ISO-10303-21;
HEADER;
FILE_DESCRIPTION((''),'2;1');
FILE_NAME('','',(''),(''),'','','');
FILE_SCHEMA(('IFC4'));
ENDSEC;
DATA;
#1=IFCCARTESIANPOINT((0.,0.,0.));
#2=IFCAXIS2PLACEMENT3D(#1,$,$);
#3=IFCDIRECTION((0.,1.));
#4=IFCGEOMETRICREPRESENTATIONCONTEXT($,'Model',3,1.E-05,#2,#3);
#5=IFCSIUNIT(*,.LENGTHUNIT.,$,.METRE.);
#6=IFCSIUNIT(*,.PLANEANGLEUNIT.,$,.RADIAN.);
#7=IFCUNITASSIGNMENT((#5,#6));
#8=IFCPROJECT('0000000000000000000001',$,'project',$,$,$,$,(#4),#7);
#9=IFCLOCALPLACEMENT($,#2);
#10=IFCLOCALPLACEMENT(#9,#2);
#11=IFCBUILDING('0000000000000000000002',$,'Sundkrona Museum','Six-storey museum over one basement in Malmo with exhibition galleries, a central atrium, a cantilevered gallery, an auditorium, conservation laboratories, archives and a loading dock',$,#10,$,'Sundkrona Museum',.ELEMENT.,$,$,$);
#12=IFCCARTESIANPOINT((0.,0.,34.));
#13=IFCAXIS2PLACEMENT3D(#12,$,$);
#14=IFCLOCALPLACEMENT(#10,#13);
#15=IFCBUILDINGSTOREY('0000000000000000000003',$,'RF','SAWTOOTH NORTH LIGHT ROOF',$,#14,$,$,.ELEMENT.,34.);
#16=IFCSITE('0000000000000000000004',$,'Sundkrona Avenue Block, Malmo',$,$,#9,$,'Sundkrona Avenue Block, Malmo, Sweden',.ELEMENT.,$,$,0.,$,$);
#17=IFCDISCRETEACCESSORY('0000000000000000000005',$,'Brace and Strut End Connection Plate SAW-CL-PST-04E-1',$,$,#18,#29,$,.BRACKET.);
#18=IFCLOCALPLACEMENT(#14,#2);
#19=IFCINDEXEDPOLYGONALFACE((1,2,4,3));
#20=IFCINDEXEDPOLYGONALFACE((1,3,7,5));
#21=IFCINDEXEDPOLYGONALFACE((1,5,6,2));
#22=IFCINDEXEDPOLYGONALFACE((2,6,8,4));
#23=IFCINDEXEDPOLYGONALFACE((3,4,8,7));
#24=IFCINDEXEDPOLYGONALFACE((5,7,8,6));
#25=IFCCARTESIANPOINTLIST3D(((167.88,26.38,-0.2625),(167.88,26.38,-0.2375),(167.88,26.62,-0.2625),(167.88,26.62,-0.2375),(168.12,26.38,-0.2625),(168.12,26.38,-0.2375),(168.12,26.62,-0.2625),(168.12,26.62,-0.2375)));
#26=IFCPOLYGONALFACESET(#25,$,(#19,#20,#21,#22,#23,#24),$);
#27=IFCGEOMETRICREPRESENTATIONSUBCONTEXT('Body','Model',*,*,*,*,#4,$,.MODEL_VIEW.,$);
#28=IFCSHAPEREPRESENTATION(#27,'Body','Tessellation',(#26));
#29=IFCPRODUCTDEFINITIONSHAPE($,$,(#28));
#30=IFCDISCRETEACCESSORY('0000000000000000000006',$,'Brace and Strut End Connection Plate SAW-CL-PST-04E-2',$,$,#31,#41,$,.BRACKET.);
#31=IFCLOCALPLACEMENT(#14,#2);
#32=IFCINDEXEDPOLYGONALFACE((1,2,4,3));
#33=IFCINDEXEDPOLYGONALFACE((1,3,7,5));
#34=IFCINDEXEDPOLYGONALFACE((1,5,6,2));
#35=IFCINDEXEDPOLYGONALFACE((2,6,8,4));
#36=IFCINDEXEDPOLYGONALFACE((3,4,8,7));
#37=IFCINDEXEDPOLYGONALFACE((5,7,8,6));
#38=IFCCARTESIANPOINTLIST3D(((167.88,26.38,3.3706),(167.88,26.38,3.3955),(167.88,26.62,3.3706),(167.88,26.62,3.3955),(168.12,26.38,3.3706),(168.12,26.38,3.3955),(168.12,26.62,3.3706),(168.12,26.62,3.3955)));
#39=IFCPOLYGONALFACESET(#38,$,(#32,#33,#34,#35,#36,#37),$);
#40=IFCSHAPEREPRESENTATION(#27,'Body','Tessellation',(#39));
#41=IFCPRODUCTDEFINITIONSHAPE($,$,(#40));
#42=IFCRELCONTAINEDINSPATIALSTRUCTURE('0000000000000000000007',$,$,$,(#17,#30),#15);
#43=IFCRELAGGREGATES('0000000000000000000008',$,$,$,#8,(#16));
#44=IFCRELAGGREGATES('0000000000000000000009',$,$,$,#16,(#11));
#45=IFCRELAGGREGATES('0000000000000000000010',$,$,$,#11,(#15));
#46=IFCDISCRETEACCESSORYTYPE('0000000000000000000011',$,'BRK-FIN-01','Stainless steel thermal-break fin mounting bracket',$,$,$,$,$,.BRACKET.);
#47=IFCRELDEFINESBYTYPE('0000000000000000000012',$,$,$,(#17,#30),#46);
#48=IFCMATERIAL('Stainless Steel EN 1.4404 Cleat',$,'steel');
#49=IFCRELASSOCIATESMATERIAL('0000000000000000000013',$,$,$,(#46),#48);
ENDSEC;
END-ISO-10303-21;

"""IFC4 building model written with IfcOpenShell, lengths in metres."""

from ifc_helpers import new_model, si_unit, direction, frame, origin, origin_2d, place, context, subcontext, project, spatial, rectangle, extrude, material, type_object, element, save


model = new_model("IFC4")

# Units and contexts
model_context = context("Model", 3, precision=1e-05, world=origin(), true_north=direction((0.0, 1.0)))
body_context = subcontext(model_context, "Body", "Model", "MODEL_VIEW")
ifc_project = project(units=[si_unit("LENGTHUNIT", "METRE"), si_unit("PLANEANGLEUNIT", "RADIAN")], contexts=[model_context])

# Site, building, storey
site_placement = place(None, origin())
site = spatial("IfcSite", under=ifc_project, at=site_placement, Name="Sundkrona Avenue Block, Malmo", LongName="Sundkrona Avenue Block, Malmo, Sweden", CompositionType="ELEMENT", RefElevation=0.0)
building_placement = place(site_placement, origin())
building = spatial("IfcBuilding", under=site, at=building_placement, Name="Sundkrona Museum", Description="Six-storey museum over one basement in Malmo with exhibition galleries, a central atrium, a cantilevered gallery, an auditorium, conservation laboratories, archives and a loading dock", LongName="Sundkrona Museum", CompositionType="ELEMENT")
storey_placement = place(building_placement, frame((0.0, 0.0, 34.0)))
storey = spatial("IfcBuildingStorey", under=building, at=storey_placement, Name="RF", Description="SAWTOOTH NORTH LIGHT ROOF", CompositionType="ELEMENT", Elevation=34.0)

# Discrete accessories
ifc_material_1 = material(Name="Stainless Steel EN 1.4404 Cleat", Category="steel")
discrete_accessory_type = type_object("IfcDiscreteAccessoryType", Name="BRK-FIN-01", Description="Stainless steel thermal-break fin mounting bracket", PredefinedType="BRACKET", material=ifc_material_1)
for number, where, z_axis, x_axis, name in (
    (1, (168.0, 26.5, -0.2625), (0.0, 0.0, 1.0), (1.0, 0.0, 0.0), "Brace and Strut End Connection Plate SAW-CL-PST-04E-1"),
    (2, (168.0, 26.5, 3.3706), (0.0, 0.0, 1.0), (1.0, 0.0, 0.0), "Brace and Strut End Connection Plate SAW-CL-PST-04E-2"),
):
    element("IfcDiscreteAccessory", number, at=place(storey_placement, frame(where, z_axis=z_axis, x_axis=x_axis)), inside=storey, type_object=discrete_accessory_type, Name=name, PredefinedType="BRACKET", context=body_context, shape_type="SweptSolid", body=[
        extrude(rectangle(XDim=0.24, YDim=0.24, at=origin_2d()), origin(), (0.0, 0.0, 1.0), 0.0249),
    ])

save(model, "model.ifc")
